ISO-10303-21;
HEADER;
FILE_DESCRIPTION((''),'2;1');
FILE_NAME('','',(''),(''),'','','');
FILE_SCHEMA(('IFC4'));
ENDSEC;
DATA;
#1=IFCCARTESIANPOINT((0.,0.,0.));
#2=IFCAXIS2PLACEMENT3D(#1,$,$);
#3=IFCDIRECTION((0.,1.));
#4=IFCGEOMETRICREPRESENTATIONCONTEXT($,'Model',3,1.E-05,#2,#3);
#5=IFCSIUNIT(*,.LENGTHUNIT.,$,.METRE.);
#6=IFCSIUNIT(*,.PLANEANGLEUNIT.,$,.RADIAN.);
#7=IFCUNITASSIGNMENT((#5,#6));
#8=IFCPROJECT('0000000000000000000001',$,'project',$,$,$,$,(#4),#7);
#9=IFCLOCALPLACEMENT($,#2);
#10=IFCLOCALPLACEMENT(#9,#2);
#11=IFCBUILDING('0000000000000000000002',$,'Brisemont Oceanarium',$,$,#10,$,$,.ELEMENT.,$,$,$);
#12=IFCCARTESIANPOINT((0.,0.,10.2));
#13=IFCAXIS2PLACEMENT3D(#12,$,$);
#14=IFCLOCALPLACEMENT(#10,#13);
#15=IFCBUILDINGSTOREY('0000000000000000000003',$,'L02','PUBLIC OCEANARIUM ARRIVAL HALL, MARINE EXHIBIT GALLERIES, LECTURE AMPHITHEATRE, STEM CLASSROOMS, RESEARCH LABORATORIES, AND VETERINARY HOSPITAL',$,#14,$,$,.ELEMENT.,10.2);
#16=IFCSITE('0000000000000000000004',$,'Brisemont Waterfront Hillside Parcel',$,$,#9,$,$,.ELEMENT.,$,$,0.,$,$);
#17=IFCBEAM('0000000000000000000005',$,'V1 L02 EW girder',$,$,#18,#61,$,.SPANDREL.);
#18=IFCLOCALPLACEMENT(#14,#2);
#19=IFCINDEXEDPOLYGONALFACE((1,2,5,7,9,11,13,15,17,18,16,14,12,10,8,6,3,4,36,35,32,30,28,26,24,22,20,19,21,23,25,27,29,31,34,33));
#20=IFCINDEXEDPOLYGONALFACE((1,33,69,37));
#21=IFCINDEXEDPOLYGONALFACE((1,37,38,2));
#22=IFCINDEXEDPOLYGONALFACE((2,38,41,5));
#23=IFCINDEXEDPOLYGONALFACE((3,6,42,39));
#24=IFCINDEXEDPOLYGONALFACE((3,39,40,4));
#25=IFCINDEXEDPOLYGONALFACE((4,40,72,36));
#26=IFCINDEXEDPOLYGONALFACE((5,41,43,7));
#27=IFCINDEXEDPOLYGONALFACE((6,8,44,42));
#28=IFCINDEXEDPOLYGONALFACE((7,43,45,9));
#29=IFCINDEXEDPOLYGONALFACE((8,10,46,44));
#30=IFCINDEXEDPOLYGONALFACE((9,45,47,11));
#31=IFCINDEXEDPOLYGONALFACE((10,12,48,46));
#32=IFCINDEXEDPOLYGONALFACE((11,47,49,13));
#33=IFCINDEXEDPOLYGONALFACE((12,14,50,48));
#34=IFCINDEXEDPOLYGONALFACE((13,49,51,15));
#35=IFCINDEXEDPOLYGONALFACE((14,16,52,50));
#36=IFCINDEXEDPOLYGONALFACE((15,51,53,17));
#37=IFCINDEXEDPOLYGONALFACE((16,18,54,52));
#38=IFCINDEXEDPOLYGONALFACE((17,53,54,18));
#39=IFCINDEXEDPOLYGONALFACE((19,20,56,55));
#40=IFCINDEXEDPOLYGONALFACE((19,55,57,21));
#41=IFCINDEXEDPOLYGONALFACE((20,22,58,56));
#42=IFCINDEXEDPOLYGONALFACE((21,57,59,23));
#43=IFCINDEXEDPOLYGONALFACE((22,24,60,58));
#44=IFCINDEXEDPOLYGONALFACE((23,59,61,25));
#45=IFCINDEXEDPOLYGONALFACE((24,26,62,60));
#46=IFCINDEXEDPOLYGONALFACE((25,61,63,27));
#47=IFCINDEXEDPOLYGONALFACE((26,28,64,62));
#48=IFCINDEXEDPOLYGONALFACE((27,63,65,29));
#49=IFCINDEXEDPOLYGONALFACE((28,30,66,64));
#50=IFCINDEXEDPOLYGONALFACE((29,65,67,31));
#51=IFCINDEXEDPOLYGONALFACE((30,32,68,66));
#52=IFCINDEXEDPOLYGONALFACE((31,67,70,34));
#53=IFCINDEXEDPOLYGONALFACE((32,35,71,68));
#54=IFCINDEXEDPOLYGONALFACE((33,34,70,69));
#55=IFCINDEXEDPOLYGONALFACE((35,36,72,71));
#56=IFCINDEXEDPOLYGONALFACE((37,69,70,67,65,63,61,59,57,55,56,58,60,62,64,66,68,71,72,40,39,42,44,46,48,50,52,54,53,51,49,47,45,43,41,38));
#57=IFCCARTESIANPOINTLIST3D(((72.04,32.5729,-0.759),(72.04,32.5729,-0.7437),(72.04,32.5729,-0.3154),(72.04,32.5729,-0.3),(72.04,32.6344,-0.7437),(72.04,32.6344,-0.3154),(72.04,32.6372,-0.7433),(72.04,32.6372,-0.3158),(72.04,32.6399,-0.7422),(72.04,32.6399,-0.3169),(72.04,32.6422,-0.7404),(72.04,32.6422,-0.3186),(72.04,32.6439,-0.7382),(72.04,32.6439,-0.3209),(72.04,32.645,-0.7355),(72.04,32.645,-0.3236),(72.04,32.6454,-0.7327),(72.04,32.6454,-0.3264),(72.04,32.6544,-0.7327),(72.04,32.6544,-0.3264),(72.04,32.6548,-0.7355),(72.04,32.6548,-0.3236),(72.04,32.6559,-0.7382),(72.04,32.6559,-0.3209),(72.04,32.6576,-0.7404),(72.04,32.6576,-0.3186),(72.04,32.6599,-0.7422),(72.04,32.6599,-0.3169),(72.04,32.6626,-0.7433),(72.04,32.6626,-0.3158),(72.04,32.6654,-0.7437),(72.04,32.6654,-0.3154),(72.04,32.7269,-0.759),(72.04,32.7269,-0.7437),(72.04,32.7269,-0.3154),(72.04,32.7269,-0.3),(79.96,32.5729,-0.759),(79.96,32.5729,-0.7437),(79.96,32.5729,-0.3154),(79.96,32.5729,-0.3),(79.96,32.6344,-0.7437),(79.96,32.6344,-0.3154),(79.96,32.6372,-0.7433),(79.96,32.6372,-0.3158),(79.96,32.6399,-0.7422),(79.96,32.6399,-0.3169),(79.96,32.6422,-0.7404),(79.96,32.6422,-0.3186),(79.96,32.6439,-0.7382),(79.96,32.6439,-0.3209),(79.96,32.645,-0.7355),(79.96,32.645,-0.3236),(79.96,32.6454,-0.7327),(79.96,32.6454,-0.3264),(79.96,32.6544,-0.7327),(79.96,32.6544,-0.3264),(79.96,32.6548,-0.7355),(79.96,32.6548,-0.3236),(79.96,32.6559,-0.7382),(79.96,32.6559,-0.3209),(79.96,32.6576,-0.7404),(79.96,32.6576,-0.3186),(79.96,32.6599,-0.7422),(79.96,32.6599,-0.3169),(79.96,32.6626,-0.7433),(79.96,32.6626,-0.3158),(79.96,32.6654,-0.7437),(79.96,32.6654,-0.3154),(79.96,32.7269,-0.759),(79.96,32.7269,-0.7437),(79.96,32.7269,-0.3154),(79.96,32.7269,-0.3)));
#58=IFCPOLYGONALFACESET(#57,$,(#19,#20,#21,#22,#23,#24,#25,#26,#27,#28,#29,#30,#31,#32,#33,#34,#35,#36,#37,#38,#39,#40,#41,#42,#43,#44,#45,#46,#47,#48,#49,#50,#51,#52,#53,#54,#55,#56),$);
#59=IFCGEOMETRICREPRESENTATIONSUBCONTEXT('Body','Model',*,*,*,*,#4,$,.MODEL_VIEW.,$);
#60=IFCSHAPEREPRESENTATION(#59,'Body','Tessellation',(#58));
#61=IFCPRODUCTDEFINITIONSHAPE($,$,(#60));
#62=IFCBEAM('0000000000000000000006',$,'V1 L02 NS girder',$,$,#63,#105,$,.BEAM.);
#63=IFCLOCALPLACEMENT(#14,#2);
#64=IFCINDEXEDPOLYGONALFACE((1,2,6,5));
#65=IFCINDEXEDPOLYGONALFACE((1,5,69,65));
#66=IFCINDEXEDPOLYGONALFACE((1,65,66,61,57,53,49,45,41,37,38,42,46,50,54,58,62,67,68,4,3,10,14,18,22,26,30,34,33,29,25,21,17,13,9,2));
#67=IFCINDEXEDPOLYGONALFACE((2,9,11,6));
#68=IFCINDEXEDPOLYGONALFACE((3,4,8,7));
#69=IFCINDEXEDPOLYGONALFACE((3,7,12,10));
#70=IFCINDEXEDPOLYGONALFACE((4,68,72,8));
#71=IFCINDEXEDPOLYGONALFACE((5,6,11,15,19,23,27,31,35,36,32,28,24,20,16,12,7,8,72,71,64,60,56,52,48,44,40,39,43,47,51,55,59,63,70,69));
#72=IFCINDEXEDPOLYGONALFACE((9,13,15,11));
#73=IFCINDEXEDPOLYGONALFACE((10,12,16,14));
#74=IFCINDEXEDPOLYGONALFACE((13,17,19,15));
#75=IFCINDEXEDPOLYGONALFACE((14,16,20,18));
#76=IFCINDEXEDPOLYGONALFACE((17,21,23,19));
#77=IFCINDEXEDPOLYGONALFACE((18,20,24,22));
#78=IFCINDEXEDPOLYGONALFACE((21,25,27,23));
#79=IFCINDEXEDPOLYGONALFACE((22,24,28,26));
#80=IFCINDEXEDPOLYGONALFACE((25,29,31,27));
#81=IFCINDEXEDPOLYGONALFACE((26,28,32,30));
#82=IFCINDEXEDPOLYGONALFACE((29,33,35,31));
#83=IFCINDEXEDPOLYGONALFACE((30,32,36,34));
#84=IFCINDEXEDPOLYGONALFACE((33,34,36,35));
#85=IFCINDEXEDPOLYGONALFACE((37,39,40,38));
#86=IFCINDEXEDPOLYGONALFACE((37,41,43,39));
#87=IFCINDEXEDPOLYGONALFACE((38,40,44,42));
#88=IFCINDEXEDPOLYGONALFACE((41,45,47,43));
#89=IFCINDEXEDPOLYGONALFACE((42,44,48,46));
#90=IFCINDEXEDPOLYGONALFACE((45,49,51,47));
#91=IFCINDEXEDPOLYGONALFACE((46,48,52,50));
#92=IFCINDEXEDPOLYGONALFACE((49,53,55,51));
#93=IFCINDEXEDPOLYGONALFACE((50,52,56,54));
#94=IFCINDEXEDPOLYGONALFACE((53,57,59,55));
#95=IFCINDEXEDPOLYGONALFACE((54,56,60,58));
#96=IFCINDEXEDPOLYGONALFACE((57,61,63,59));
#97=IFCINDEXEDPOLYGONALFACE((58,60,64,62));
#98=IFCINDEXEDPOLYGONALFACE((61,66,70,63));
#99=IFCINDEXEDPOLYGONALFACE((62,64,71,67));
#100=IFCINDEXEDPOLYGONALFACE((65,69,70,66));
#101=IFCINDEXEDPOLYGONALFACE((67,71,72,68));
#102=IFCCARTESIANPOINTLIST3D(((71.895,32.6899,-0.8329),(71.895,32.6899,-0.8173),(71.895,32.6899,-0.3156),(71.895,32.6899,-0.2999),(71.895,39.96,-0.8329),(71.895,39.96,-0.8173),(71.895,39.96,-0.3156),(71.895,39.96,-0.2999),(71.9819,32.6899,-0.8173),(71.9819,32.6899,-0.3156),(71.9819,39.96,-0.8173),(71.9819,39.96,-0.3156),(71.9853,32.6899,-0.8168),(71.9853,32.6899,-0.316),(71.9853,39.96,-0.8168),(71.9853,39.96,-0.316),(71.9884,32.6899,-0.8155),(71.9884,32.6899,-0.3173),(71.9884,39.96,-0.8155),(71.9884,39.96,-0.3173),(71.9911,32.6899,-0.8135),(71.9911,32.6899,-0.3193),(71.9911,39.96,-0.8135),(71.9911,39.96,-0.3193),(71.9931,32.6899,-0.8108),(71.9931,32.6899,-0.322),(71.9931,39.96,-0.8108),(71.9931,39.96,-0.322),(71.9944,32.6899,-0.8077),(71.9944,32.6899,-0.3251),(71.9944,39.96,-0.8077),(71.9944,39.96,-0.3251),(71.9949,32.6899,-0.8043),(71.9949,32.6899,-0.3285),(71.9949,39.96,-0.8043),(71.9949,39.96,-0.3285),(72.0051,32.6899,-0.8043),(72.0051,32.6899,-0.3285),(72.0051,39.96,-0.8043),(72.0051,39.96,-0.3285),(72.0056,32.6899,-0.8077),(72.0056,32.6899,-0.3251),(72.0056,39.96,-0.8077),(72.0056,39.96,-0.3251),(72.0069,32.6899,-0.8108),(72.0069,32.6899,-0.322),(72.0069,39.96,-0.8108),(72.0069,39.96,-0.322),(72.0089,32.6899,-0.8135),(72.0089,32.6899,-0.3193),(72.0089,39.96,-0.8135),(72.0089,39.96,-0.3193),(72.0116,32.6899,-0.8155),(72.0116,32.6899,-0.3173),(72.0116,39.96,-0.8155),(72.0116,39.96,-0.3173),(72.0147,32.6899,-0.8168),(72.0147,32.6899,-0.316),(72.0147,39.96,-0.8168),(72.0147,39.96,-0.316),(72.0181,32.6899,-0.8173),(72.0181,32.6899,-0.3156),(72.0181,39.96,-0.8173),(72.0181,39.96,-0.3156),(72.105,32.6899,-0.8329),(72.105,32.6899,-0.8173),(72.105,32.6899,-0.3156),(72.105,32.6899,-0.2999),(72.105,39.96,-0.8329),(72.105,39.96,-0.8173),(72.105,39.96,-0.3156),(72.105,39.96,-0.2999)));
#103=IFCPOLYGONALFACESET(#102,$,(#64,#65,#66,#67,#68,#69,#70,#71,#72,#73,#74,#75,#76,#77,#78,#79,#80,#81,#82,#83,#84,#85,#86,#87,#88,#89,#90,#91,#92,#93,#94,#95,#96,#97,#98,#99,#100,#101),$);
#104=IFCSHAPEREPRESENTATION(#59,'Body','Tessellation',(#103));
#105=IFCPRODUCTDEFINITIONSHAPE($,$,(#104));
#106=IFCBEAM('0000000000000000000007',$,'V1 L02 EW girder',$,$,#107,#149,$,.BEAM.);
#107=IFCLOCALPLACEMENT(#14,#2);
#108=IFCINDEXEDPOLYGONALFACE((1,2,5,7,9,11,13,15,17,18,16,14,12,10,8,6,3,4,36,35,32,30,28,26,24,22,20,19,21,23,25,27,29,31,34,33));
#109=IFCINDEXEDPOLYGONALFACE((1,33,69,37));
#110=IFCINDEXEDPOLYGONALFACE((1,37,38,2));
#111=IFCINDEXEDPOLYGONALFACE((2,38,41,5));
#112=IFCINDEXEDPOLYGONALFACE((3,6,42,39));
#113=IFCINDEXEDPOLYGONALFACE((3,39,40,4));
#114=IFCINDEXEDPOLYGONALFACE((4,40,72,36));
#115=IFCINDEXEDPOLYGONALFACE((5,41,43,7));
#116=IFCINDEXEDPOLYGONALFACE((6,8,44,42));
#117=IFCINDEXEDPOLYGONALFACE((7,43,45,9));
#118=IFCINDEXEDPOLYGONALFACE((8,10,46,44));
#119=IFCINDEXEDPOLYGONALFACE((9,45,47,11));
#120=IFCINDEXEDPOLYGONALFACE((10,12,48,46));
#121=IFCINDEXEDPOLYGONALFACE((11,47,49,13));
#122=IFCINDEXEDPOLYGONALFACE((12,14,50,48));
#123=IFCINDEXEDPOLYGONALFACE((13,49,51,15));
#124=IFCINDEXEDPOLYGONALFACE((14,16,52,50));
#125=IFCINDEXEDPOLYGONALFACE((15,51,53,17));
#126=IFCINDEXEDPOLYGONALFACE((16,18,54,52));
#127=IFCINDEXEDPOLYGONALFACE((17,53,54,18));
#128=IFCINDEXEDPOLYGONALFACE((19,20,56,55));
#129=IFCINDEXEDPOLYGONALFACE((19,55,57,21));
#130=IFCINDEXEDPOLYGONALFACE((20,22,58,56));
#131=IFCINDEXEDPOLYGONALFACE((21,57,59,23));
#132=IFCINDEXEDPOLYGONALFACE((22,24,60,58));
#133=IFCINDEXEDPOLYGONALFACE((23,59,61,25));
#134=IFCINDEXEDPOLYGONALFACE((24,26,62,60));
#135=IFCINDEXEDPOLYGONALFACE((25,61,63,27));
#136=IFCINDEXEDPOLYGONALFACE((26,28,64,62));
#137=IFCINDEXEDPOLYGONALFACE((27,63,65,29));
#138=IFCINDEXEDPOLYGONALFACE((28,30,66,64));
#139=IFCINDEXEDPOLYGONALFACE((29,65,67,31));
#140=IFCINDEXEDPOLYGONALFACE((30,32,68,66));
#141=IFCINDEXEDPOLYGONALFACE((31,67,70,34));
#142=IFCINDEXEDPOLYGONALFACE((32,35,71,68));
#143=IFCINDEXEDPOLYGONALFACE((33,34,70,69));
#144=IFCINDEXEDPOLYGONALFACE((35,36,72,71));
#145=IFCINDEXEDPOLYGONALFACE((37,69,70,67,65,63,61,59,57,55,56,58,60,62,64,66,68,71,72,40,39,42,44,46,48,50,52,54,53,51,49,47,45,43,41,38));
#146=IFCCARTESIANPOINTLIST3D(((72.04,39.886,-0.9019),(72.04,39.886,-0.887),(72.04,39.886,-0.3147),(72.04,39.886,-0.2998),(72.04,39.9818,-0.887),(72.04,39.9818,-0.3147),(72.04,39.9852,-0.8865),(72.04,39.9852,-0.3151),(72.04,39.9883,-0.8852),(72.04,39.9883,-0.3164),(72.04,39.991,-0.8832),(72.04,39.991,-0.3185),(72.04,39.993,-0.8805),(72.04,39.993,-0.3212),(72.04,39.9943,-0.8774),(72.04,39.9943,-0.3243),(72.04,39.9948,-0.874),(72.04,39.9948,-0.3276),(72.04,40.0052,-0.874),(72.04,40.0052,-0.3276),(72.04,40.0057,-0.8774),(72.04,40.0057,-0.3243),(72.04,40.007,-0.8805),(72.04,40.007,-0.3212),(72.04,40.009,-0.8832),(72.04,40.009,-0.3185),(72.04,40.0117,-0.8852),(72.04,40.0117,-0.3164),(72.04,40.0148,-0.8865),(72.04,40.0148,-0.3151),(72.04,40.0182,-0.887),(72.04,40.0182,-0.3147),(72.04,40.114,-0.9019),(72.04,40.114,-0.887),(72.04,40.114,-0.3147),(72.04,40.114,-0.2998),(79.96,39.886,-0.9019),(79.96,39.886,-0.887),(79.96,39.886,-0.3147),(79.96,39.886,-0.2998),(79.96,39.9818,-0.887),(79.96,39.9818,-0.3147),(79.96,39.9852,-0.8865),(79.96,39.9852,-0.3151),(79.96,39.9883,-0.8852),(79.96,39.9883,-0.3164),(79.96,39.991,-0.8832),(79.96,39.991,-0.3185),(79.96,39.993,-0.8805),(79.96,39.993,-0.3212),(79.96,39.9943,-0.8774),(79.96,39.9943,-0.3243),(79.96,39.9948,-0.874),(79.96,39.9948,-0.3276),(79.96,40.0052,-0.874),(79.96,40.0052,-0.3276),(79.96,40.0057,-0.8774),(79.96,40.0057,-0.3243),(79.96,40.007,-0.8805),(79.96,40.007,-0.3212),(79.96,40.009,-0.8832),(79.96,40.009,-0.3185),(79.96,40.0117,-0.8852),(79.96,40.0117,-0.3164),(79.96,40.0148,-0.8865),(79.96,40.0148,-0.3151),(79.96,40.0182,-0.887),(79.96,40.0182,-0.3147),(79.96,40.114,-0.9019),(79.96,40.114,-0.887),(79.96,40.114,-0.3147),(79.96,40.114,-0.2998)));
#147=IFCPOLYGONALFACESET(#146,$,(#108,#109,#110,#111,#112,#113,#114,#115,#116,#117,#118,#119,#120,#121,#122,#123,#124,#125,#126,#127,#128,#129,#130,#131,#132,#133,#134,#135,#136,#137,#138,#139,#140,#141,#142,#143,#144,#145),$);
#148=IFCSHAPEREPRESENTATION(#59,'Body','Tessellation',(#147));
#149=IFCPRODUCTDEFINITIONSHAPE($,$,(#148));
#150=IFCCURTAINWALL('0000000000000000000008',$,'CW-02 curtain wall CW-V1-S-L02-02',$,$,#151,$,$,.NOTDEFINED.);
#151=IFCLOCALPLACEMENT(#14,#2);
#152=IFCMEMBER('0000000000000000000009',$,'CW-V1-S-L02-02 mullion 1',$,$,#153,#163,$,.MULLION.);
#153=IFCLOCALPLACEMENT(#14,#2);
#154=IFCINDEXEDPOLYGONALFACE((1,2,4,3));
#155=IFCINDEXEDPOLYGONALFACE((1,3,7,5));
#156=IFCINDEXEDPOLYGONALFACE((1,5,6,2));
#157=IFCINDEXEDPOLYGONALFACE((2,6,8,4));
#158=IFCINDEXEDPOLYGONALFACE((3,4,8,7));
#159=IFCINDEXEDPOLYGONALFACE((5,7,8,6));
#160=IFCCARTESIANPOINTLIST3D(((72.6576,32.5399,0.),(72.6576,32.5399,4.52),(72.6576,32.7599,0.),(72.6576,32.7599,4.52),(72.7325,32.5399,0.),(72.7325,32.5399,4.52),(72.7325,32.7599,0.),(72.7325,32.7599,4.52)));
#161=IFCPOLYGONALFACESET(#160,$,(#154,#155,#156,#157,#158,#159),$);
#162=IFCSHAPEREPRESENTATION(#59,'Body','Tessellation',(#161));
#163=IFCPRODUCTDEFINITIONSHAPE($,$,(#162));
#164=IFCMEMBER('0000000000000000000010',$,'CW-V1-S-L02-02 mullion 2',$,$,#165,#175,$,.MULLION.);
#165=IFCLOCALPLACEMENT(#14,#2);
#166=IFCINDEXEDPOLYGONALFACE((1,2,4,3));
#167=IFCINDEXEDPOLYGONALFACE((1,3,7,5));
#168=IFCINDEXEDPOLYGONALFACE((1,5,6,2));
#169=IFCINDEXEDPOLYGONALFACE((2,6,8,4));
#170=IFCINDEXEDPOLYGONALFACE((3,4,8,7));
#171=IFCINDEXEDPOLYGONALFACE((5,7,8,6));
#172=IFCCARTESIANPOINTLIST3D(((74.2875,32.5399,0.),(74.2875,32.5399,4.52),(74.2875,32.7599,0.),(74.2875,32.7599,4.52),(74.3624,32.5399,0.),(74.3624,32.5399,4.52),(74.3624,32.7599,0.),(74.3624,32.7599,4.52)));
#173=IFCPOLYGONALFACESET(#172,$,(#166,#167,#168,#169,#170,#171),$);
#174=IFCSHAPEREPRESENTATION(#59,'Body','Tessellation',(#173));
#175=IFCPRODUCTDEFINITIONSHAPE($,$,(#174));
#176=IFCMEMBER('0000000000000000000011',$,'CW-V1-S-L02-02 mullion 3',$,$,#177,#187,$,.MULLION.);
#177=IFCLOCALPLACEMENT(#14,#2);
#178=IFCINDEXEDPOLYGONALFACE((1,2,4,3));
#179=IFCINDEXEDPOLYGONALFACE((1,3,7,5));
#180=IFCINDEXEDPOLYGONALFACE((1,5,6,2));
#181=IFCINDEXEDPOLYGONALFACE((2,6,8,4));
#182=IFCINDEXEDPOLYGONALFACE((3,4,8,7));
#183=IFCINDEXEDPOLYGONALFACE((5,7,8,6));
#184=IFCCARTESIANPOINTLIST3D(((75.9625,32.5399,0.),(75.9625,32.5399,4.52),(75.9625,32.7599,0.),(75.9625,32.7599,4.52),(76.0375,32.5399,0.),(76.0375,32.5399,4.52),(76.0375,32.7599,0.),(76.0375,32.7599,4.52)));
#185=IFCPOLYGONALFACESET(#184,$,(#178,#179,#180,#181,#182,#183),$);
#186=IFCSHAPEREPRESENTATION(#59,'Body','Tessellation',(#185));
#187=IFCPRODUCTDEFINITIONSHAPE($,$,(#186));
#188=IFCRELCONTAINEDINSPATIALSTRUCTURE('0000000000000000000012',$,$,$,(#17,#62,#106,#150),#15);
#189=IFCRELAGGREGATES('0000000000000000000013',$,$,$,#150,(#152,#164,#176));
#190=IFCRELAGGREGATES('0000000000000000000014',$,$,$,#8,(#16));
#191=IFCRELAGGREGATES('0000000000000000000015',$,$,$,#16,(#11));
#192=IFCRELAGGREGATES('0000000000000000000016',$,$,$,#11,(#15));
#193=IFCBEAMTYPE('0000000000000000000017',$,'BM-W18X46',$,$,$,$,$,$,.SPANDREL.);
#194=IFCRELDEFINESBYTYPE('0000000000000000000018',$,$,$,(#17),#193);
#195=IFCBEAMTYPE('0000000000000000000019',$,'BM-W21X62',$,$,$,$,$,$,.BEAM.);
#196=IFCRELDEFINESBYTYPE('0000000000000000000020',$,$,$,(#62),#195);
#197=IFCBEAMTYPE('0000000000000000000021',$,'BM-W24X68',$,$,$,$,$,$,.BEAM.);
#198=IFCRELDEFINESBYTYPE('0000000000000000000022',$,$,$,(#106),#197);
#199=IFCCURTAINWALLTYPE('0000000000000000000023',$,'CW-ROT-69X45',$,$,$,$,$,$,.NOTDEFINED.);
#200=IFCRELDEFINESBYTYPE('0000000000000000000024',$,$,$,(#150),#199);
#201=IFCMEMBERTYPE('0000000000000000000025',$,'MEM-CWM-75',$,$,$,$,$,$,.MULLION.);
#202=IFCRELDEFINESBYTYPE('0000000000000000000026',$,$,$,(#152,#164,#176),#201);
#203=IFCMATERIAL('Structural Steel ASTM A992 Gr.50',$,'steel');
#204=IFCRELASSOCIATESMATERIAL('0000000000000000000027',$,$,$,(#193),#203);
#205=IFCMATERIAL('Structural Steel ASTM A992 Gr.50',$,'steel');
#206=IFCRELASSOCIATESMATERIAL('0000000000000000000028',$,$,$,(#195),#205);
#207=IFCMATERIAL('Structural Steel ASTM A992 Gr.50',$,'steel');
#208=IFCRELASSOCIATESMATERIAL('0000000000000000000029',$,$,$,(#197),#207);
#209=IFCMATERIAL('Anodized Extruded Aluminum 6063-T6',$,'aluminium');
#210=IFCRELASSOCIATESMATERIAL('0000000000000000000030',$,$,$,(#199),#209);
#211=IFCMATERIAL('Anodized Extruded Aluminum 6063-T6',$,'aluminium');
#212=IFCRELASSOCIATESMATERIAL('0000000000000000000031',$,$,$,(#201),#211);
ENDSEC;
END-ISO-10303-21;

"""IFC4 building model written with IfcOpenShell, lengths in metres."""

from ifc_helpers import new_model, si_unit, direction, frame, origin, origin_2d, place, context, subcontext, project, spatial, rectangle, i_section, extrude, material, material_profile, profile_set, type_object, element, aggregate, save


model = new_model("IFC4")

# Units and contexts
model_context = context("Model", 3, precision=1e-05, world=origin(), true_north=direction((0.0, 1.0)))
body_context = subcontext(model_context, "Body", "Model", "MODEL_VIEW")
ifc_project = project(units=[si_unit("LENGTHUNIT", "METRE"), si_unit("PLANEANGLEUNIT", "RADIAN")], contexts=[model_context])

# Site, building, storey
site_placement = place(None, origin())
site = spatial("IfcSite", under=ifc_project, at=site_placement, Name="Brisemont Waterfront Hillside Parcel", CompositionType="ELEMENT", RefElevation=0.0)
building_placement = place(site_placement, origin())
building = spatial("IfcBuilding", under=site, at=building_placement, Name="Brisemont Oceanarium", CompositionType="ELEMENT")
storey_placement = place(building_placement, frame((0.0, 0.0, 10.2)))
storey = spatial("IfcBuildingStorey", under=building, at=storey_placement, Name="L02", Description="PUBLIC OCEANARIUM ARRIVAL HALL, MARINE EXHIBIT GALLERIES, LECTURE AMPHITHEATRE, STEM CLASSROOMS, RESEARCH LABORATORIES, AND VETERINARY HOSPITAL", CompositionType="ELEMENT", Elevation=10.2)

# Beams
ifc_material_1 = material(Name="Structural Steel ASTM A992 Gr.50", Category="steel")
ifc_material_profile_1 = material_profile(ifc_material_1, i_section(OverallWidth=0.1541, OverallDepth=0.459, WebThickness=0.009, FlangeThickness=0.0154, FilletRadius=0.011, at=origin_2d()), Name="W18X46")
ifc_profile_set_1 = profile_set([ifc_material_profile_1], Name="Structural Steel ASTM A992 Gr.50")
beam_type_1 = type_object("IfcBeamType", Name="BM-W18X46", PredefinedType="SPANDREL", material=ifc_profile_set_1)
beam_1_placement = place(storey_placement, frame((72.04, 32.6499, -0.5295), z_axis=(1.0, 0.0, 0.0), x_axis=(0.0, 1.0, 0.0)))
element("IfcBeam", 1, at=beam_1_placement, inside=storey, type_object=beam_type_1, Name="V1 L02 EW girder", PredefinedType="SPANDREL", context=body_context, shape_type="SweptSolid", body=[
    extrude(i_section(OverallWidth=0.1541, OverallDepth=0.459, WebThickness=0.009, FlangeThickness=0.0154, FilletRadius=0.011, at=origin_2d()), origin(), (0.0, 0.0, 1.0), 7.9199),
])
ifc_material_2 = material(Name="Structural Steel ASTM A992 Gr.50", Category="steel")
ifc_material_profile_2 = material_profile(ifc_material_2, i_section(OverallWidth=0.21, OverallDepth=0.533, WebThickness=0.0103, FlangeThickness=0.0156, FilletRadius=0.0129, at=origin_2d()), Name="W21X62")
ifc_profile_set_2 = profile_set([ifc_material_profile_2], Name="Structural Steel ASTM A992 Gr.50")
beam_type_2 = type_object("IfcBeamType", Name="BM-W21X62", PredefinedType="BEAM", material=ifc_profile_set_2)
beam_2_placement = place(storey_placement, frame((72.0, 32.6899, -0.5664), z_axis=(0.0, 1.0, 0.0), x_axis=(-1.0, 0.0, 0.0)))
element("IfcBeam", 2, at=beam_2_placement, inside=storey, type_object=beam_type_2, Name="V1 L02 NS girder", PredefinedType="BEAM", context=body_context, shape_type="SweptSolid", body=[
    extrude(i_section(OverallWidth=0.21, OverallDepth=0.533, WebThickness=0.0103, FlangeThickness=0.0156, FilletRadius=0.0129, at=origin_2d()), origin(), (0.0, 0.0, 1.0), 7.27),
])
ifc_material_3 = material(Name="Structural Steel ASTM A992 Gr.50", Category="steel")
ifc_material_profile_3 = material_profile(ifc_material_3, i_section(OverallWidth=0.228, OverallDepth=0.6021, WebThickness=0.0105, FlangeThickness=0.0149, FilletRadius=0.0129, at=origin_2d()), Name="W24X68")
ifc_profile_set_3 = profile_set([ifc_material_profile_3], Name="Structural Steel ASTM A992 Gr.50")
beam_type_3 = type_object("IfcBeamType", Name="BM-W24X68", PredefinedType="BEAM", material=ifc_profile_set_3)
beam_3_placement = place(storey_placement, frame((72.04, 40.0, -0.6008), z_axis=(1.0, 0.0, 0.0), x_axis=(0.0, 1.0, 0.0)))
element("IfcBeam", 3, at=beam_3_placement, inside=storey, type_object=beam_type_3, Name="V1 L02 EW girder", PredefinedType="BEAM", context=body_context, shape_type="SweptSolid", body=[
    extrude(i_section(OverallWidth=0.228, OverallDepth=0.6021, WebThickness=0.0105, FlangeThickness=0.0149, FilletRadius=0.0129, at=origin_2d()), origin(), (0.0, 0.0, 1.0), 7.9199),
])

# Curtain wall, members
ifc_material_4 = material(Name="Anodized Extruded Aluminum 6063-T6", Category="aluminium")
curtain_wall_type = type_object("IfcCurtainWallType", Name="CW-ROT-69X45", PredefinedType="NOTDEFINED", material=ifc_material_4)
curtain_wall_placement = place(storey_placement, origin())
curtain_wall = element("IfcCurtainWall", 4, at=curtain_wall_placement, inside=storey, type_object=curtain_wall_type, Name="CW-02 curtain wall CW-V1-S-L02-02", PredefinedType="NOTDEFINED")
ifc_material_5 = material(Name="Anodized Extruded Aluminum 6063-T6", Category="aluminium")
ifc_material_profile_4 = material_profile(ifc_material_5, rectangle(XDim=0.075, YDim=0.22, at=origin_2d()), Name="CWM-75X220")
ifc_profile_set_4 = profile_set([ifc_material_profile_4], Name="Anodized Extruded Aluminum 6063-T6")
member_type_1 = type_object("IfcMemberType", Name="MEM-CWM-75", PredefinedType="MULLION", material=ifc_profile_set_4)
member_1_placement = place(storey_placement, frame((72.6951, 32.6499, 0.0), z_axis=(0.0, 0.0, 1.0), x_axis=(1.0, 0.0, 0.0)))
member_1 = element("IfcMember", 5, at=member_1_placement, type_object=member_type_1, Name="CW-V1-S-L02-02 mullion 1", PredefinedType="MULLION", context=body_context, shape_type="SweptSolid", body=[
    extrude(rectangle(XDim=0.075, YDim=0.22, at=origin_2d()), origin(), (0.0, 0.0, 1.0), 4.52),
])
member_2_placement = place(storey_placement, frame((74.325, 32.6499, 0.0), z_axis=(0.0, 0.0, 1.0), x_axis=(1.0, 0.0, 0.0)))
member_2 = element("IfcMember", 6, at=member_2_placement, type_object=member_type_1, Name="CW-V1-S-L02-02 mullion 2", PredefinedType="MULLION", context=body_context, shape_type="SweptSolid", body=[
    extrude(rectangle(XDim=0.075, YDim=0.22, at=origin_2d()), origin(), (0.0, 0.0, 1.0), 4.52),
])
member_3_placement = place(storey_placement, frame((76.0, 32.6499, 0.0), z_axis=(0.0, 0.0, 1.0), x_axis=(1.0, 0.0, 0.0)))
member_3 = element("IfcMember", 7, at=member_3_placement, type_object=member_type_1, Name="CW-V1-S-L02-02 mullion 3", PredefinedType="MULLION", context=body_context, shape_type="SweptSolid", body=[
    extrude(rectangle(XDim=0.075, YDim=0.22, at=origin_2d()), origin(), (0.0, 0.0, 1.0), 4.52),
])
aggregate(curtain_wall, [member_1, member_2, member_3])

save(model, "model.ifc")
